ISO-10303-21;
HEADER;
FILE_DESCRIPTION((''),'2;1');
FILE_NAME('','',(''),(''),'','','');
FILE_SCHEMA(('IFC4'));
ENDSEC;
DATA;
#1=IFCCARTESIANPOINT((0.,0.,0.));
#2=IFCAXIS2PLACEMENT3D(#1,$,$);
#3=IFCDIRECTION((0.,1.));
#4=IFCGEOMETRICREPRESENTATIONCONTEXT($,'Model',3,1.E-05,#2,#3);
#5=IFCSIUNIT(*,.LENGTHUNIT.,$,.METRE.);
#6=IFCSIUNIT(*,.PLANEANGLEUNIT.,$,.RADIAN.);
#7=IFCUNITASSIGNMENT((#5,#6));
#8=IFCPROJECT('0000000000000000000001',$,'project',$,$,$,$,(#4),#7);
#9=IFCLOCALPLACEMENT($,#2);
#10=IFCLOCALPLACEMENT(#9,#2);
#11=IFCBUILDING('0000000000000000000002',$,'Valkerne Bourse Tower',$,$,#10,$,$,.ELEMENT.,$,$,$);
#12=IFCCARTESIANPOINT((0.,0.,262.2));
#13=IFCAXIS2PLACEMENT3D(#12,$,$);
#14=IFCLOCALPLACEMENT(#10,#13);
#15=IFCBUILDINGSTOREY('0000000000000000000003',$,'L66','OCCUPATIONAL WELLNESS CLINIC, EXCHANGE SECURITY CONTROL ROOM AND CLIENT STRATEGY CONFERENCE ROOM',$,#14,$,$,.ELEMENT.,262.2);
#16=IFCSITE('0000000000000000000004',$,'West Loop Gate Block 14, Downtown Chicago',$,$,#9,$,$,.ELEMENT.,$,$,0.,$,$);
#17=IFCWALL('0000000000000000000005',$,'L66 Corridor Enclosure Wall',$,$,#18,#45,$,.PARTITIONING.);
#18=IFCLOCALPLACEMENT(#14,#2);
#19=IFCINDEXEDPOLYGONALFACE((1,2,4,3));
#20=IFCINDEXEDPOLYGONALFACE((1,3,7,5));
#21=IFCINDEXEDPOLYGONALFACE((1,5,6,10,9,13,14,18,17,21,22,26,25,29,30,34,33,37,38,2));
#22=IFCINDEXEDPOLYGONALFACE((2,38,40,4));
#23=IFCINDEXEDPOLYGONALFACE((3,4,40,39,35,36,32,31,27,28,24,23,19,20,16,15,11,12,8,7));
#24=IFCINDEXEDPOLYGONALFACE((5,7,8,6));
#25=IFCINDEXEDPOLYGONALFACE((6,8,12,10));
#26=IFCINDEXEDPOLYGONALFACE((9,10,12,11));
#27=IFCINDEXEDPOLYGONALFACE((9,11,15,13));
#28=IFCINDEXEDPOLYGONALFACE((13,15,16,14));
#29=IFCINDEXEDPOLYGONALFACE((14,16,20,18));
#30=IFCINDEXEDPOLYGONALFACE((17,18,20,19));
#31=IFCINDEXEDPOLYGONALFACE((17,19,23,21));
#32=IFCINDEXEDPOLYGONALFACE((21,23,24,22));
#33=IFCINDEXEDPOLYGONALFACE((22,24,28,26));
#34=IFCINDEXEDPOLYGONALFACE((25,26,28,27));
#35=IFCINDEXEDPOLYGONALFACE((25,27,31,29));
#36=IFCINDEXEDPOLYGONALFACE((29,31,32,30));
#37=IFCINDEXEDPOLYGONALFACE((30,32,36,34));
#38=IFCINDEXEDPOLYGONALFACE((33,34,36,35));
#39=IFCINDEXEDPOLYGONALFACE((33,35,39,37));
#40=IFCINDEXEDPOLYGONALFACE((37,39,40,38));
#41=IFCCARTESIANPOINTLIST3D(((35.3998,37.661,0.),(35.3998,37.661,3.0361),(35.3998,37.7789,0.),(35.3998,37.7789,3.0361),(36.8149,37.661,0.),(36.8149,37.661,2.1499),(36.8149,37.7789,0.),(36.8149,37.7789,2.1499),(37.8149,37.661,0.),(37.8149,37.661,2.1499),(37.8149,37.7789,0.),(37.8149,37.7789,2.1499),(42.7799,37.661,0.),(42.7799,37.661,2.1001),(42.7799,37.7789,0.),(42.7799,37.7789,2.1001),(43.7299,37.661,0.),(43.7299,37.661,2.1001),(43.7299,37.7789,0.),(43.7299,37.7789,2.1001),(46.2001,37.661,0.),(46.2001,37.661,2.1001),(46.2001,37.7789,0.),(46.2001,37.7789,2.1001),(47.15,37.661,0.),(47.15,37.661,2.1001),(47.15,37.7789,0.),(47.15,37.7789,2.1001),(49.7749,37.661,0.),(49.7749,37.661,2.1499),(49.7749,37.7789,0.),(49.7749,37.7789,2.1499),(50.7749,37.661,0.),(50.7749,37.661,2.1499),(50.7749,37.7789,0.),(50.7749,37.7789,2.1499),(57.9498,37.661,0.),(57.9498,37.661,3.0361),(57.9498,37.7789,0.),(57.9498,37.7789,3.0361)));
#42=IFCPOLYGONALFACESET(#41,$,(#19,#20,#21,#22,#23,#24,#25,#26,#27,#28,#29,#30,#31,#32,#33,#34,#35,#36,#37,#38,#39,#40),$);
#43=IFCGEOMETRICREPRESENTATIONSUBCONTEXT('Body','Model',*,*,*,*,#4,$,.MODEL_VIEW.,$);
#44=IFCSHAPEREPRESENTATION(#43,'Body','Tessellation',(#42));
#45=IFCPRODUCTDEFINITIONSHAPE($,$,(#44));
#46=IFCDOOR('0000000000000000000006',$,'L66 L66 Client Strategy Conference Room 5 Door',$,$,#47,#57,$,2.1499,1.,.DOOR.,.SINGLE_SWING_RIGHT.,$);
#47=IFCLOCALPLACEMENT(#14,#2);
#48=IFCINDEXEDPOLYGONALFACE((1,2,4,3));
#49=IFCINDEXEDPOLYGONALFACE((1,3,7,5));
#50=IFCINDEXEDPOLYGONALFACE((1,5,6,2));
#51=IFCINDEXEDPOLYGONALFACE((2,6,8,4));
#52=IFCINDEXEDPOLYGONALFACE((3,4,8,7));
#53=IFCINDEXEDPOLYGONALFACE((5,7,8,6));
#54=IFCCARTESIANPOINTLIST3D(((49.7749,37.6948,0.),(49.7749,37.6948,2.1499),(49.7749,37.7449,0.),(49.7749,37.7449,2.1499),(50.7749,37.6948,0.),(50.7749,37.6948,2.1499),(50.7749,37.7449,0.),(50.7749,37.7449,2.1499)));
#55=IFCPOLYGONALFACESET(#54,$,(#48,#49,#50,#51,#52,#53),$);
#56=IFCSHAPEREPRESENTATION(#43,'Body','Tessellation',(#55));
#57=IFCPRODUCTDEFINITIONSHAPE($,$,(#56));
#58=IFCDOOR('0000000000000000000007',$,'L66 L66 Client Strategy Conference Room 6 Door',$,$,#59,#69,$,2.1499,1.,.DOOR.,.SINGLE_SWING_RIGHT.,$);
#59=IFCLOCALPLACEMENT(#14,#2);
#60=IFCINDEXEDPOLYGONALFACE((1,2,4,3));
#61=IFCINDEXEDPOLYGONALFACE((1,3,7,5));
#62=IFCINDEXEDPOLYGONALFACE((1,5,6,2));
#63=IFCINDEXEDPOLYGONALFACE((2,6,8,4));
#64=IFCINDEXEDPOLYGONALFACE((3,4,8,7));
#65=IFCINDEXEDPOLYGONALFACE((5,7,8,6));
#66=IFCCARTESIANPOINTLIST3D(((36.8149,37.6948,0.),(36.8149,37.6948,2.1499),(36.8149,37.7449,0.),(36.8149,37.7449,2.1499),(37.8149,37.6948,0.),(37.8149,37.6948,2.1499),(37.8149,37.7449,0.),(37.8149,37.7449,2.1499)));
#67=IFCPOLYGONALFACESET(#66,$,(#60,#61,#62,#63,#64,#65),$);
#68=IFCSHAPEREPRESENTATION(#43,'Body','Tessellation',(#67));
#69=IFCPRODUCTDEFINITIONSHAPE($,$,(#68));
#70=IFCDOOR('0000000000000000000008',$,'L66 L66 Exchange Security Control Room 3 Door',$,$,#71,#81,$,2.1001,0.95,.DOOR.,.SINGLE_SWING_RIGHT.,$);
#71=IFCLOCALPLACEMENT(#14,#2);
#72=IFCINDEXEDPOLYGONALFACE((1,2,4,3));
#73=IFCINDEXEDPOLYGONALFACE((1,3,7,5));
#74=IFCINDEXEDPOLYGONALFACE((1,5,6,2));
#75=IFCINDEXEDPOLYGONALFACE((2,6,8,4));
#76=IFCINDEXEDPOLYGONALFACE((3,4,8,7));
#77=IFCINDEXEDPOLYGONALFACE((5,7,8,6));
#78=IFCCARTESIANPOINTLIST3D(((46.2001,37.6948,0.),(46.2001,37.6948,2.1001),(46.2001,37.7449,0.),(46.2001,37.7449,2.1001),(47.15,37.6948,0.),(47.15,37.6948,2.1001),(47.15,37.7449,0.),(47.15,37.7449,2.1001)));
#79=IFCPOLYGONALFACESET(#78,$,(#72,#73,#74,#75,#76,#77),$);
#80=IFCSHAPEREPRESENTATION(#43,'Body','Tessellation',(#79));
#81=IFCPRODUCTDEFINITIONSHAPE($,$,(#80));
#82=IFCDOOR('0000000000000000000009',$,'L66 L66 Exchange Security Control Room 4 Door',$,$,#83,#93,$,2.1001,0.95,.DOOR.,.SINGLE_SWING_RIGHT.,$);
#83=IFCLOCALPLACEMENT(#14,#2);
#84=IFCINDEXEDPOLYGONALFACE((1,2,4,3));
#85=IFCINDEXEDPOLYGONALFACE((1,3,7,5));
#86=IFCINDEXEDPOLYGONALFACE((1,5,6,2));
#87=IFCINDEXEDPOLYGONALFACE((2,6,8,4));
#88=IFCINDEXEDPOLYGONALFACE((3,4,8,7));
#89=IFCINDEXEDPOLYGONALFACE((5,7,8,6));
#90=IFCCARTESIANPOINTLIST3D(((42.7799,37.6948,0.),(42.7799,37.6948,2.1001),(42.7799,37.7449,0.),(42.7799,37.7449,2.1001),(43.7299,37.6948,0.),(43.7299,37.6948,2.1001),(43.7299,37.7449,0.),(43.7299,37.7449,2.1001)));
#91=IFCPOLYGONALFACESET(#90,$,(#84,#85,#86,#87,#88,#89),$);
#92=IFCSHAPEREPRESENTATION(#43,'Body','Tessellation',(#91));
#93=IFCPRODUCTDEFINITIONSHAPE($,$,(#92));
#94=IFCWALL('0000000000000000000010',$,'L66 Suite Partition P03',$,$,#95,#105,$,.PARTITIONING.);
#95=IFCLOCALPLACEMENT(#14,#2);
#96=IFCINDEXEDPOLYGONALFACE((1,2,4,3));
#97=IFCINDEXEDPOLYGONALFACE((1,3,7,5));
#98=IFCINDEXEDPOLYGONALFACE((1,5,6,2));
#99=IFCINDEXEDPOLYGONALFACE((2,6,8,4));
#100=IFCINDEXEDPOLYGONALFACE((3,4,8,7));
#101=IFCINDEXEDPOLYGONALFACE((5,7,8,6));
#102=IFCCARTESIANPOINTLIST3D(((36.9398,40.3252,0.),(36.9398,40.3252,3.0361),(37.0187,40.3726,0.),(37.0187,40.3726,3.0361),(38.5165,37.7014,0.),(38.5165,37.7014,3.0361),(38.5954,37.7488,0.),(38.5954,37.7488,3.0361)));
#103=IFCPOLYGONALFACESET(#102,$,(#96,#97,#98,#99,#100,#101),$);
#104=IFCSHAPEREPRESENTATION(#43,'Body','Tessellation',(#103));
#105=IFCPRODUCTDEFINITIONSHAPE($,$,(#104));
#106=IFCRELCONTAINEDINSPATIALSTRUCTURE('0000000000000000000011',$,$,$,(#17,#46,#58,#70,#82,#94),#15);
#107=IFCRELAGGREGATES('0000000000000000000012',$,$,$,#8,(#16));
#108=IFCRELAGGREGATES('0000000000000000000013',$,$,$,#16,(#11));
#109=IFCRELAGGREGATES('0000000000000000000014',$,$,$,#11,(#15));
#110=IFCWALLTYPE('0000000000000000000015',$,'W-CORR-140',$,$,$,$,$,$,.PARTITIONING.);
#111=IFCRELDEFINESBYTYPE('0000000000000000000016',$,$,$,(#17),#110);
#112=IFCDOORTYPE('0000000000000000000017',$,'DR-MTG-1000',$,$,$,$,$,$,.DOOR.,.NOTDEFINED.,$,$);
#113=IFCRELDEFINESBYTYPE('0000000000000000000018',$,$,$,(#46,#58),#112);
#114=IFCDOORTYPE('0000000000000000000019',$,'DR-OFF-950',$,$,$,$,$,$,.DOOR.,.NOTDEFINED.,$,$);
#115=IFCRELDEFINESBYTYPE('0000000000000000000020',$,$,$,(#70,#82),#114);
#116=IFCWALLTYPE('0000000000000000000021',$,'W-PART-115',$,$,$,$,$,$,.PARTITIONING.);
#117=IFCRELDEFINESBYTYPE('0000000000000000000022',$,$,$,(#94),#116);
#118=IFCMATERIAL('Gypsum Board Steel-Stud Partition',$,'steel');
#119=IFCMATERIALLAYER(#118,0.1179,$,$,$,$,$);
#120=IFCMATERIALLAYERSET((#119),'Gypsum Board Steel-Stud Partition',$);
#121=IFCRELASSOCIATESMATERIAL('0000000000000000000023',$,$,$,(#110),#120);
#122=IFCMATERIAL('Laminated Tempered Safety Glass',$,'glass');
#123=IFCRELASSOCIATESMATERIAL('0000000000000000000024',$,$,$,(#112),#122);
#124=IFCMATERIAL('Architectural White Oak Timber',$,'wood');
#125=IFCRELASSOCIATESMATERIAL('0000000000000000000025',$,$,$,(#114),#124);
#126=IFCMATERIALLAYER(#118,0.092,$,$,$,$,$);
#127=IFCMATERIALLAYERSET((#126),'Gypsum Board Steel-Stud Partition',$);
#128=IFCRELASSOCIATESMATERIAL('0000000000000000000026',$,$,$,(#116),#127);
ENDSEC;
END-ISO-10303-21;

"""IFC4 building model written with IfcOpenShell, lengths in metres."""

from ifc_helpers import new_model, si_unit, direction, frame, frame_2d, origin, place, context, subcontext, project, spatial, rectangle, extrude, material, layer, layer_set, type_object, element, fill, save


model = new_model("IFC4")

# Units and contexts
model_context = context("Model", 3, precision=1e-05, world=origin(), true_north=direction((0.0, 1.0)))
body_context = subcontext(model_context, "Body", "Model", "MODEL_VIEW")
ifc_project = project(units=[si_unit("LENGTHUNIT", "METRE"), si_unit("PLANEANGLEUNIT", "RADIAN")], contexts=[model_context])

# Site, building, storey
site_placement = place(None, origin())
site = spatial("IfcSite", under=ifc_project, at=site_placement, Name="West Loop Gate Block 14, Downtown Chicago", CompositionType="ELEMENT", RefElevation=0.0)
building_placement = place(site_placement, origin())
building = spatial("IfcBuilding", under=site, at=building_placement, Name="Valkerne Bourse Tower", CompositionType="ELEMENT")
storey_placement = place(building_placement, frame((0.0, 0.0, 262.2)))
storey = spatial("IfcBuildingStorey", under=building, at=storey_placement, Name="L66", Description="OCCUPATIONAL WELLNESS CLINIC, EXCHANGE SECURITY CONTROL ROOM AND CLIENT STRATEGY CONFERENCE ROOM", CompositionType="ELEMENT", Elevation=262.2)

# Wall, openings, doors
ifc_material_1 = material(Name="Gypsum Board Steel-Stud Partition", Category="steel")
ifc_layer_1 = layer(ifc_material_1, 0.1179)
ifc_layer_set_1 = layer_set([ifc_layer_1], Name="Gypsum Board Steel-Stud Partition")
wall_type_1 = type_object("IfcWallType", Name="W-CORR-140", PredefinedType="PARTITIONING", material=ifc_layer_set_1)
wall_1_placement = place(storey_placement, frame((35.3999, 37.72, 0.0), z_axis=(0.0, 0.0, 1.0), x_axis=(1.0, 0.0, 0.0)))
wall_1 = element("IfcWall", 1, at=wall_1_placement, inside=storey, type_object=wall_type_1, Name="L66 Corridor Enclosure Wall", PredefinedType="PARTITIONING", context=body_context, shape_type="SweptSolid", body=[
    extrude(rectangle(XDim=22.55, YDim=0.1179, at=frame_2d((11.2749, 0.0))), origin(), (0.0, 0.0, 1.0), 3.0361),
])
opening_1_placement = place(wall_1_placement, frame((10.8, 0.0, 0.0)))
opening_1 = element("IfcOpeningElement", 2, at=opening_1_placement, cuts=wall_1, PredefinedType="OPENING", context=body_context, shape_type="SweptSolid", body=[
    extrude(rectangle(XDim=0.95, YDim=2.1001, at=frame_2d((0.4751, 1.05))), frame((0.0, 0.0688, 0.0), z_axis=(0.0, -1.0, 0.0), x_axis=(1.0, 0.0, 0.0)), (0.0, 0.0, 1.0), 0.1379),
])
opening_2_placement = place(wall_1_placement, frame((7.3799, 0.0, 0.0)))
opening_2 = element("IfcOpeningElement", 3, at=opening_2_placement, cuts=wall_1, PredefinedType="OPENING", context=body_context, shape_type="SweptSolid", body=[
    extrude(rectangle(XDim=0.95, YDim=2.1001, at=frame_2d((0.4751, 1.05))), frame((0.0, 0.0688, 0.0), z_axis=(0.0, -1.0, 0.0), x_axis=(1.0, 0.0, 0.0)), (0.0, 0.0, 1.0), 0.1379),
])
opening_3_placement = place(wall_1_placement, frame((14.375, 0.0, 0.0)))
opening_3 = element("IfcOpeningElement", 4, at=opening_3_placement, cuts=wall_1, PredefinedType="OPENING", context=body_context, shape_type="SweptSolid", body=[
    extrude(rectangle(XDim=1.0, YDim=2.1499, at=frame_2d((0.5, 1.075))), frame((0.0, 0.0688, 0.0), z_axis=(0.0, -1.0, 0.0), x_axis=(1.0, 0.0, 0.0)), (0.0, 0.0, 1.0), 0.1379),
])
opening_4_placement = place(wall_1_placement, frame((1.415, 0.0, 0.0)))
opening_4 = element("IfcOpeningElement", 5, at=opening_4_placement, cuts=wall_1, PredefinedType="OPENING", context=body_context, shape_type="SweptSolid", body=[
    extrude(rectangle(XDim=1.0, YDim=2.1499, at=frame_2d((0.5, 1.075))), frame((0.0, 0.0688, 0.0), z_axis=(0.0, -1.0, 0.0), x_axis=(1.0, 0.0, 0.0)), (0.0, 0.0, 1.0), 0.1379),
])
ifc_material_2 = material(Name="Laminated Tempered Safety Glass", Category="glass")
door_type_1 = type_object("IfcDoorType", Name="DR-MTG-1000", OperationType="NOTDEFINED", PredefinedType="DOOR", material=ifc_material_2)
door_1_placement = place(opening_3_placement, origin())
door_1 = element("IfcDoor", 6, at=door_1_placement, inside=storey, type_object=door_type_1, Name="L66 L66 Client Strategy Conference Room 5 Door", OperationType="SINGLE_SWING_RIGHT", OverallHeight=2.1499, OverallWidth=1.0, PredefinedType="DOOR", context=body_context, shape_type="SweptSolid", body=[
    extrude(rectangle(XDim=1.0, YDim=2.1499, at=frame_2d((0.5, 1.075))), frame((0.0, 0.0249, 0.0), z_axis=(0.0, -1.0, 0.0), x_axis=(1.0, 0.0, 0.0)), (0.0, 0.0, 1.0), 0.05),
])
fill(opening_3, door_1)
door_2_placement = place(opening_4_placement, origin())
door_2 = element("IfcDoor", 7, at=door_2_placement, inside=storey, type_object=door_type_1, Name="L66 L66 Client Strategy Conference Room 6 Door", OperationType="SINGLE_SWING_RIGHT", OverallHeight=2.1499, OverallWidth=1.0, PredefinedType="DOOR", context=body_context, shape_type="SweptSolid", body=[
    extrude(rectangle(XDim=1.0, YDim=2.1499, at=frame_2d((0.5, 1.075))), frame((0.0, 0.0249, 0.0), z_axis=(0.0, -1.0, 0.0), x_axis=(1.0, 0.0, 0.0)), (0.0, 0.0, 1.0), 0.05),
])
fill(opening_4, door_2)
ifc_material_3 = material(Name="Architectural White Oak Timber", Category="wood")
door_type_2 = type_object("IfcDoorType", Name="DR-OFF-950", OperationType="NOTDEFINED", PredefinedType="DOOR", material=ifc_material_3)
door_3_placement = place(opening_1_placement, origin())
door_3 = element("IfcDoor", 8, at=door_3_placement, inside=storey, type_object=door_type_2, Name="L66 L66 Exchange Security Control Room 3 Door", OperationType="SINGLE_SWING_RIGHT", OverallHeight=2.1001, OverallWidth=0.95, PredefinedType="DOOR", context=body_context, shape_type="SweptSolid", body=[
    extrude(rectangle(XDim=0.95, YDim=2.1001, at=frame_2d((0.4751, 1.05))), frame((0.0, 0.0249, 0.0), z_axis=(0.0, -1.0, 0.0), x_axis=(1.0, 0.0, 0.0)), (0.0, 0.0, 1.0), 0.05),
])
fill(opening_1, door_3)
door_4_placement = place(opening_2_placement, origin())
door_4 = element("IfcDoor", 9, at=door_4_placement, inside=storey, type_object=door_type_2, Name="L66 L66 Exchange Security Control Room 4 Door", OperationType="SINGLE_SWING_RIGHT", OverallHeight=2.1001, OverallWidth=0.95, PredefinedType="DOOR", context=body_context, shape_type="SweptSolid", body=[
    extrude(rectangle(XDim=0.95, YDim=2.1001, at=frame_2d((0.4751, 1.05))), frame((0.0, 0.0249, 0.0), z_axis=(0.0, -1.0, 0.0), x_axis=(1.0, 0.0, 0.0)), (0.0, 0.0, 1.0), 0.05),
])
fill(opening_2, door_4)

# Wall
ifc_layer_2 = layer(ifc_material_1, 0.092)
ifc_layer_set_2 = layer_set([ifc_layer_2], Name="Gypsum Board Steel-Stud Partition")
wall_type_2 = type_object("IfcWallType", Name="W-PART-115", PredefinedType="PARTITIONING", material=ifc_layer_set_2)
wall_2_placement = place(storey_placement, frame((38.5559, 37.7251, 0.0), z_axis=(0.0, 0.0, 1.0), x_axis=(-0.51507, 0.857148, 0.0)))
element("IfcWall", 10, at=wall_2_placement, inside=storey, type_object=wall_type_2, Name="L66 Suite Partition P03", PredefinedType="PARTITIONING", context=body_context, shape_type="SweptSolid", body=[
    extrude(rectangle(XDim=3.061, YDim=0.092, at=frame_2d((1.5305, 0.0))), origin(), (0.0, 0.0, 1.0), 3.0361),
])

save(model, "model.ifc")
